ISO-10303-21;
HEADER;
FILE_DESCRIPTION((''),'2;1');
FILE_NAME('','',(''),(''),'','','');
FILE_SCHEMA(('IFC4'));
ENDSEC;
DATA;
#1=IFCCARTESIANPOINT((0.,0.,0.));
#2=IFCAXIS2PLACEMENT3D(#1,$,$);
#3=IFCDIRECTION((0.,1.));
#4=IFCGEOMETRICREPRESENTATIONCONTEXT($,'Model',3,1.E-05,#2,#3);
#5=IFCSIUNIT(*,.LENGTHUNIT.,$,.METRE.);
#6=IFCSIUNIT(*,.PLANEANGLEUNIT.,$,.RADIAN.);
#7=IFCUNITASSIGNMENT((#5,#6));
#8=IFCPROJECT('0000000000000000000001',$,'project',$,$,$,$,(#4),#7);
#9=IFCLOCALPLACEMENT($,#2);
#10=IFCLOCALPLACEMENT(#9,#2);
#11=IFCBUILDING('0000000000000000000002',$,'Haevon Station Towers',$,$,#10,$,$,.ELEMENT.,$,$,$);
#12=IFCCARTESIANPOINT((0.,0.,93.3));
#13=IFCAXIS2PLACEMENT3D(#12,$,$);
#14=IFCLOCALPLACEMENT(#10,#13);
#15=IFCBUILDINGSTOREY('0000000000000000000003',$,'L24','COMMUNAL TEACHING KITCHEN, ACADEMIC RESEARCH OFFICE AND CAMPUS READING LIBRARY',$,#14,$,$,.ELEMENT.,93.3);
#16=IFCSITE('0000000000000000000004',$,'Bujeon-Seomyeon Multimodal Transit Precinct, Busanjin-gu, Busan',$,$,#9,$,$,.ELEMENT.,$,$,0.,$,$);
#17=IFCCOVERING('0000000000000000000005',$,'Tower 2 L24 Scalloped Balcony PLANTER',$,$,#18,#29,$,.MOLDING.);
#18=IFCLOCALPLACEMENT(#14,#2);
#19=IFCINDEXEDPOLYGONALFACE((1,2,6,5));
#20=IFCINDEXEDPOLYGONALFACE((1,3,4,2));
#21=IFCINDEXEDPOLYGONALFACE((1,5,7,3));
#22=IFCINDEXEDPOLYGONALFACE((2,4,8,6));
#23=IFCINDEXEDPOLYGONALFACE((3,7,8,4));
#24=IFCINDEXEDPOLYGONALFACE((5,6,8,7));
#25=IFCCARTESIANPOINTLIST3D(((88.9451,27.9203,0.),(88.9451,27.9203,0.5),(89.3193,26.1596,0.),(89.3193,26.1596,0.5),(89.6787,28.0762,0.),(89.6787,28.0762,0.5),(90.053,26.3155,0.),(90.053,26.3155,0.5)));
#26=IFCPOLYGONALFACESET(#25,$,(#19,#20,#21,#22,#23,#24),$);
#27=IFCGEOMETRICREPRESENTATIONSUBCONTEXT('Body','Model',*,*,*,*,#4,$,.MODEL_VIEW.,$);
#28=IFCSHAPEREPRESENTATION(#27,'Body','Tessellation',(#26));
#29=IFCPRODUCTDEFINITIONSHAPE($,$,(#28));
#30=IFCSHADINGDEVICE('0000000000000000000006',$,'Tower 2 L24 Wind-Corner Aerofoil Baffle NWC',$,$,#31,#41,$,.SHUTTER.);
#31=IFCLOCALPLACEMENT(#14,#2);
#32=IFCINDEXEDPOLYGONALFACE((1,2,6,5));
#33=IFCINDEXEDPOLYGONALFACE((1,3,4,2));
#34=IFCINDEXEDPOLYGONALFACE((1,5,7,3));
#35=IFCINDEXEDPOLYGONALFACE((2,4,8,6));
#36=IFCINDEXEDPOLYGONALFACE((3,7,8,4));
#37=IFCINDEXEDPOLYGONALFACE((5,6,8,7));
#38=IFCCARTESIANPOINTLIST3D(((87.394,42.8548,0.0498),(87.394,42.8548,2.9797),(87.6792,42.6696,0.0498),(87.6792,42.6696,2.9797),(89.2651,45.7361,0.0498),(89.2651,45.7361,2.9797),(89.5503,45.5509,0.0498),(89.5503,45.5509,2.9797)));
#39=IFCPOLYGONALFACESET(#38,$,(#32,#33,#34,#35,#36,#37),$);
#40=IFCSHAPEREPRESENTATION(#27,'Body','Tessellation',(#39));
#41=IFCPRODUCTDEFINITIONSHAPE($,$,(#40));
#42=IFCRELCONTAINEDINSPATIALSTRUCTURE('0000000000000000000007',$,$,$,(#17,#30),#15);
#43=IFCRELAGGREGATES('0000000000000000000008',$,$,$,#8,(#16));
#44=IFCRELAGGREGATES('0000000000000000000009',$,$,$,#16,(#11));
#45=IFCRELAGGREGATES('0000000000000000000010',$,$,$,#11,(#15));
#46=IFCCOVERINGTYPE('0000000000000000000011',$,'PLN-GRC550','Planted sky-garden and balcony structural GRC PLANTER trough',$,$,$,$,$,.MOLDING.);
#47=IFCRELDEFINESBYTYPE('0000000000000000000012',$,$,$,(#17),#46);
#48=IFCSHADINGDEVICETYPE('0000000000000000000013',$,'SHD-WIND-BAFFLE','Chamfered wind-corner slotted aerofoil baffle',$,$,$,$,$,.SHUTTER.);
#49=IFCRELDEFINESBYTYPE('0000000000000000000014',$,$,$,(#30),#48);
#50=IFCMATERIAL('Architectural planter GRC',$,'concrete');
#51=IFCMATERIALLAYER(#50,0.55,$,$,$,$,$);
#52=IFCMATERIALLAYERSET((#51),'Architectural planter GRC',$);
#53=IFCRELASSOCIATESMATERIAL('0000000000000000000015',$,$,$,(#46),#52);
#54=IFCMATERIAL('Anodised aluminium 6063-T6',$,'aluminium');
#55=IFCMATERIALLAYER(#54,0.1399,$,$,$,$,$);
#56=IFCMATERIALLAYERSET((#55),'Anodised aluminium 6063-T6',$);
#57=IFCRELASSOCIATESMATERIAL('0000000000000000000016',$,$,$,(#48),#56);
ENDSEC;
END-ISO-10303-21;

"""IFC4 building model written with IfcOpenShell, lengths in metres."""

from ifc_helpers import new_model, si_unit, direction, frame, origin, origin_2d, place, context, subcontext, project, spatial, rectangle, extrude, material, layer, layer_set, type_object, element, save


model = new_model("IFC4")

# Units and contexts
model_context = context("Model", 3, precision=1e-05, world=origin(), true_north=direction((0.0, 1.0)))
body_context = subcontext(model_context, "Body", "Model", "MODEL_VIEW")
ifc_project = project(units=[si_unit("LENGTHUNIT", "METRE"), si_unit("PLANEANGLEUNIT", "RADIAN")], contexts=[model_context])

# Site, building, storey
site_placement = place(None, origin())
site = spatial("IfcSite", under=ifc_project, at=site_placement, Name="Bujeon-Seomyeon Multimodal Transit Precinct, Busanjin-gu, Busan", CompositionType="ELEMENT", RefElevation=0.0)
building_placement = place(site_placement, origin())
building = spatial("IfcBuilding", under=site, at=building_placement, Name="Haevon Station Towers", CompositionType="ELEMENT")
storey_placement = place(building_placement, frame((0.0, 0.0, 93.3)))
storey = spatial("IfcBuildingStorey", under=building, at=storey_placement, Name="L24", Description="COMMUNAL TEACHING KITCHEN, ACADEMIC RESEARCH OFFICE AND CAMPUS READING LIBRARY", CompositionType="ELEMENT", Elevation=93.3)

# Covering
ifc_material_1 = material(Name="Architectural planter GRC", Category="concrete")
ifc_layer_1 = layer(ifc_material_1, 0.55)
ifc_layer_set_1 = layer_set([ifc_layer_1], Name="Architectural planter GRC")
covering_type = type_object("IfcCoveringType", Name="PLN-GRC550", Description="Planted sky-garden and balcony structural GRC PLANTER trough", PredefinedType="MOLDING", material=ifc_layer_set_1)
covering_placement = place(storey_placement, frame((89.499, 27.1179, 0.0), z_axis=(0.0, 0.0, 1.0), x_axis=(0.978148, 0.207912, 0.0)))
element("IfcCovering", 1, at=covering_placement, inside=storey, type_object=covering_type, Name="Tower 2 L24 Scalloped Balcony PLANTER", PredefinedType="MOLDING", context=body_context, shape_type="SweptSolid", body=[
    extrude(rectangle(XDim=0.75, YDim=1.8, at=origin_2d()), origin(), (0.0, 0.0, 1.0), 0.5),
])

# Shading device
ifc_material_2 = material(Name="Anodised aluminium 6063-T6", Category="aluminium")
ifc_layer_2 = layer(ifc_material_2, 0.1399)
ifc_layer_set_2 = layer_set([ifc_layer_2], Name="Anodised aluminium 6063-T6")
shading_device_type = type_object("IfcShadingDeviceType", Name="SHD-WIND-BAFFLE", Description="Chamfered wind-corner slotted aerofoil baffle", PredefinedType="SHUTTER", material=ifc_layer_set_2)
shading_device_placement = place(storey_placement, frame((88.4722, 44.2029, 0.0498), z_axis=(0.0, 0.0, 1.0), x_axis=(0.544639, 0.838671, 0.0)))
element("IfcShadingDevice", 2, at=shading_device_placement, inside=storey, type_object=shading_device_type, Name="Tower 2 L24 Wind-Corner Aerofoil Baffle NWC", PredefinedType="SHUTTER", context=body_context, shape_type="SweptSolid", body=[
    extrude(rectangle(XDim=3.4355, YDim=0.3401, at=origin_2d()), origin(), (0.0, 0.0, 1.0), 2.9299),
])

save(model, "model.ifc")
